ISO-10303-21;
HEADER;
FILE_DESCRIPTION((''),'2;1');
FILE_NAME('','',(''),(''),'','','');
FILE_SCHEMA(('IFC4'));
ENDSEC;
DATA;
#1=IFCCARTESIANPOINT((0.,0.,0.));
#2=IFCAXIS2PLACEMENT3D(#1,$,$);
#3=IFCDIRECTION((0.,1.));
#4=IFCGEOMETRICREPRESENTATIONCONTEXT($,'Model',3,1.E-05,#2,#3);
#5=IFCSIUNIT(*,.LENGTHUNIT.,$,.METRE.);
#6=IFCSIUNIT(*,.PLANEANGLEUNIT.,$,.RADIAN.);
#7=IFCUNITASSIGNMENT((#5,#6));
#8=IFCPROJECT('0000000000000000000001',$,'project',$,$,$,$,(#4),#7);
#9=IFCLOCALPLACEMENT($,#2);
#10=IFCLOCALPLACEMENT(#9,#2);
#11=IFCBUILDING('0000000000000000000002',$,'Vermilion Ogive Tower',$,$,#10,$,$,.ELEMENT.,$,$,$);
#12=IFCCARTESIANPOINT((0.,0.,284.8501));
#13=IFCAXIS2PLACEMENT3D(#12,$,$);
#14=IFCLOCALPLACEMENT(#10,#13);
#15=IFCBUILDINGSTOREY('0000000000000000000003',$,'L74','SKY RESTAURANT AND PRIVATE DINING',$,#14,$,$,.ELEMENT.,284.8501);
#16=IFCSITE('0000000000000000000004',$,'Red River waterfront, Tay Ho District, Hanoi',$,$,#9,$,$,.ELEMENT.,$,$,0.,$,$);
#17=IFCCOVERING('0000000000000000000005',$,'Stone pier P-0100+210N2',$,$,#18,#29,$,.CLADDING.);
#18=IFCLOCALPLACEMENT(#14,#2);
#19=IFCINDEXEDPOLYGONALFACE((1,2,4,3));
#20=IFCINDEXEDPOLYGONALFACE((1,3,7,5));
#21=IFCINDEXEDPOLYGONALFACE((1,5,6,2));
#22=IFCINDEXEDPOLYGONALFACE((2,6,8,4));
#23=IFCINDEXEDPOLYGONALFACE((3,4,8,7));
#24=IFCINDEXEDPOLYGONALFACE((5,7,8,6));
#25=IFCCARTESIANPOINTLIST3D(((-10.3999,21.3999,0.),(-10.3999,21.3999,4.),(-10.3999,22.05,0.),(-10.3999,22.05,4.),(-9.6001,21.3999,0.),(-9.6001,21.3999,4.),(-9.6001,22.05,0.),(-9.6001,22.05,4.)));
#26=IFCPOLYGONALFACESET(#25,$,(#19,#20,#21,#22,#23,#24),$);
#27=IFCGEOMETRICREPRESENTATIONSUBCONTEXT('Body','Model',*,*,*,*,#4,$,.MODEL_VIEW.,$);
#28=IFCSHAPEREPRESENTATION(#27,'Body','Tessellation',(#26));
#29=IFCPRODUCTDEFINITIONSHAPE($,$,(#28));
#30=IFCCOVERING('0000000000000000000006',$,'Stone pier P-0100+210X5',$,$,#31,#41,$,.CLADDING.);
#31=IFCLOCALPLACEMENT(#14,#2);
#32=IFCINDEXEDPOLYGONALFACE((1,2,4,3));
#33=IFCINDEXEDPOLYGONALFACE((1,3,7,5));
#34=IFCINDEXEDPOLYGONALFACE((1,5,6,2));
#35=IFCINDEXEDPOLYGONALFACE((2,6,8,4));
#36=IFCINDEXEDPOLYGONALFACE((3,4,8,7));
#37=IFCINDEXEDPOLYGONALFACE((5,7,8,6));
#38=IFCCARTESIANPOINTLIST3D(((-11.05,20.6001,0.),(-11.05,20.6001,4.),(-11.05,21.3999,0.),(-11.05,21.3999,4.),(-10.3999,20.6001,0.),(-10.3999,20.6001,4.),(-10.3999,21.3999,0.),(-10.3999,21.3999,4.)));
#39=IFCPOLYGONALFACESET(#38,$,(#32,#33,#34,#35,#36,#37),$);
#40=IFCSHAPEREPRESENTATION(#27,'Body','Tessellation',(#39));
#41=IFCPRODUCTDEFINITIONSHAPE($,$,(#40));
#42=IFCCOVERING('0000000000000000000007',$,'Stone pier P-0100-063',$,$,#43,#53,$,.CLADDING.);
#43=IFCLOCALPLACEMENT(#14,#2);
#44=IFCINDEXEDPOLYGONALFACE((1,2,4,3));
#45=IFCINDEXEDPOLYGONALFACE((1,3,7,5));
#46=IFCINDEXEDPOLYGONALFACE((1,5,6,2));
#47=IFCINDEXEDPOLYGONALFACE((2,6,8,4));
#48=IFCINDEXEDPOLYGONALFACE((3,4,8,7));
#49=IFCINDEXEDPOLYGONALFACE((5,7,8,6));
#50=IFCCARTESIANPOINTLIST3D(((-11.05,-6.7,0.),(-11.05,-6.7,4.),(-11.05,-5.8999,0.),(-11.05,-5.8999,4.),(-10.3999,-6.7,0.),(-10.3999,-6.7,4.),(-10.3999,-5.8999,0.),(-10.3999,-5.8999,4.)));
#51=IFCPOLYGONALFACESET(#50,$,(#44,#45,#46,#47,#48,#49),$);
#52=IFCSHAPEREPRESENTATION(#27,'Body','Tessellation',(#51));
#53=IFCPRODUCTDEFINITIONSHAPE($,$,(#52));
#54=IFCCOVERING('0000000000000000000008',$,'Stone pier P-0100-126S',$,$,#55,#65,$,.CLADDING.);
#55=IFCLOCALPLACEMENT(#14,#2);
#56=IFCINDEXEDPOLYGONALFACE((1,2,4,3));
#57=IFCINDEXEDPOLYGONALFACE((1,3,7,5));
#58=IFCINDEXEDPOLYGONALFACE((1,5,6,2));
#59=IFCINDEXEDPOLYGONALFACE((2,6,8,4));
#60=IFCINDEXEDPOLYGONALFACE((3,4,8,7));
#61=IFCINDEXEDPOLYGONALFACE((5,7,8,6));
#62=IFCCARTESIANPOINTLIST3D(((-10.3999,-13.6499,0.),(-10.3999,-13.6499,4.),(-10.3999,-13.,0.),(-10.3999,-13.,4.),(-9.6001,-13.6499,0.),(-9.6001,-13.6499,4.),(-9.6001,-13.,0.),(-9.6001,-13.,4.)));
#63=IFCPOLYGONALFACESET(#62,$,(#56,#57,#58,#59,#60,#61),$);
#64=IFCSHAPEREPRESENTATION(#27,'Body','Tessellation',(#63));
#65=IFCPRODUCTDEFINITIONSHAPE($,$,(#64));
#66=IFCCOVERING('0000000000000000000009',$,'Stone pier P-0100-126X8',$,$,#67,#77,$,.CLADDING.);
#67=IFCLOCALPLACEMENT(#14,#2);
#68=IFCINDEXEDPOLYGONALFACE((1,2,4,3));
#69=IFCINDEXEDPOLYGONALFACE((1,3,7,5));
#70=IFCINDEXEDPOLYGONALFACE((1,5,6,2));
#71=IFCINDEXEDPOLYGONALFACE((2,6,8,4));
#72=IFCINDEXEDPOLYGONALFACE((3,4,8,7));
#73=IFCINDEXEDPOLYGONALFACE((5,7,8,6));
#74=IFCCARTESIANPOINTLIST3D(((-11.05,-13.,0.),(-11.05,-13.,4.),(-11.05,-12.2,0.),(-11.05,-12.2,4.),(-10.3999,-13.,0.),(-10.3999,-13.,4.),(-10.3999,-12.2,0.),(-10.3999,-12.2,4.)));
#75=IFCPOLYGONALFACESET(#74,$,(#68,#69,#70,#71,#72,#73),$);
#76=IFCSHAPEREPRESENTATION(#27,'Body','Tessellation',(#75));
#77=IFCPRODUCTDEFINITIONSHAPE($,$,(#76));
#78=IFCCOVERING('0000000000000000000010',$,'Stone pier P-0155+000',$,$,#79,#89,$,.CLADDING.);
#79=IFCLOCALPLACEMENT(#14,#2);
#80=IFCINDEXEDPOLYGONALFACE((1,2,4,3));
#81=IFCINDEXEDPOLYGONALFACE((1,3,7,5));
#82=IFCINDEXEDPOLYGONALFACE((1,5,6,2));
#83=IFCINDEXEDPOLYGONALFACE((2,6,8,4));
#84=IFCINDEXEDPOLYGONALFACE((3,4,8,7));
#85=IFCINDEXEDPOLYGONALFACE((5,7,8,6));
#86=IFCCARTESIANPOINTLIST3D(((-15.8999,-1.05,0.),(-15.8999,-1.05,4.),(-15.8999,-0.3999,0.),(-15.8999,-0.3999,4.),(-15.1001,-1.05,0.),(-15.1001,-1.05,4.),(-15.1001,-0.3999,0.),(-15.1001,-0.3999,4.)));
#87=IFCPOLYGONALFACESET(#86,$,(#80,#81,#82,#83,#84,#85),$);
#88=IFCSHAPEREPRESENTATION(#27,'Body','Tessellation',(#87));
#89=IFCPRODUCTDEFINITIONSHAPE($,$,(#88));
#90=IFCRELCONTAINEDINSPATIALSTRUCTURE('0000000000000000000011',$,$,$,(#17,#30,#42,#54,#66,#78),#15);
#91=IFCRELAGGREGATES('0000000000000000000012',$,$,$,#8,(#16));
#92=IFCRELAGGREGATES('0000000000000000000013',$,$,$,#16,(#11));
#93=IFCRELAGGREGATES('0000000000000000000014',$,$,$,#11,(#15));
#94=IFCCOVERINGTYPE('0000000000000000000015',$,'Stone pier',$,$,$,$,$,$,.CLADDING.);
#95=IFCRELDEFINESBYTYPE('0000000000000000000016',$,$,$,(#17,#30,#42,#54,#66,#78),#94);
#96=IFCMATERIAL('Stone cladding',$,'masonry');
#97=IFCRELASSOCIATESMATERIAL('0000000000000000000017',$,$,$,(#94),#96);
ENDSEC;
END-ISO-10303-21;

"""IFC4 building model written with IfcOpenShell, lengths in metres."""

from ifc_helpers import new_model, si_unit, direction, frame, origin, place, context, subcontext, project, spatial, polyline, outline, extrude, material, type_object, element, save


model = new_model("IFC4")

# Units and contexts
model_context = context("Model", 3, precision=1e-05, world=origin(), true_north=direction((0.0, 1.0)))
body_context = subcontext(model_context, "Body", "Model", "MODEL_VIEW")
ifc_project = project(units=[si_unit("LENGTHUNIT", "METRE"), si_unit("PLANEANGLEUNIT", "RADIAN")], contexts=[model_context])

# Site, building, storey
site_placement = place(None, origin())
site = spatial("IfcSite", under=ifc_project, at=site_placement, Name="Red River waterfront, Tay Ho District, Hanoi", CompositionType="ELEMENT", RefElevation=0.0)
building_placement = place(site_placement, origin())
building = spatial("IfcBuilding", under=site, at=building_placement, Name="Vermilion Ogive Tower", CompositionType="ELEMENT")
storey_placement = place(building_placement, frame((0.0, 0.0, 284.8501)))
storey = spatial("IfcBuildingStorey", under=building, at=storey_placement, Name="L74", Description="SKY RESTAURANT AND PRIVATE DINING", CompositionType="ELEMENT", Elevation=284.8501)

# Coverings
ifc_material_1 = material(Name="Stone cladding", Category="masonry")
covering_type = type_object("IfcCoveringType", Name="Stone pier", PredefinedType="CLADDING", material=ifc_material_1)
covering_1_placement = place(storey_placement, origin())
element("IfcCovering", 1, at=covering_1_placement, inside=storey, type_object=covering_type, Name="Stone pier P-0100+210N2", PredefinedType="CLADDING", context=body_context, shape_type="SweptSolid", body=[
    extrude(outline(polyline([(-10.3999, 22.05), (-9.6001, 22.05), (-9.6001, 21.3999), (-10.3999, 21.3999), (-10.3999, 22.05)])), origin(), (0.0, 0.0, 1.0), 4.0),
])
covering_2_placement = place(storey_placement, origin())
element("IfcCovering", 2, at=covering_2_placement, inside=storey, type_object=covering_type, Name="Stone pier P-0100+210X5", PredefinedType="CLADDING", context=body_context, shape_type="SweptSolid", body=[
    extrude(outline(polyline([(-11.05, 21.3999), (-10.3999, 21.3999), (-10.3999, 20.6001), (-11.05, 20.6001), (-11.05, 21.3999)])), origin(), (0.0, 0.0, 1.0), 4.0),
])
covering_3_placement = place(storey_placement, origin())
element("IfcCovering", 3, at=covering_3_placement, inside=storey, type_object=covering_type, Name="Stone pier P-0100-063", PredefinedType="CLADDING", context=body_context, shape_type="SweptSolid", body=[
    extrude(outline(polyline([(-11.05, -6.7), (-11.05, -5.8999), (-10.3999, -5.8999), (-10.3999, -6.7), (-11.05, -6.7)])), origin(), (0.0, 0.0, 1.0), 4.0),
])
covering_4_placement = place(storey_placement, origin())
element("IfcCovering", 4, at=covering_4_placement, inside=storey, type_object=covering_type, Name="Stone pier P-0100-126S", PredefinedType="CLADDING", context=body_context, shape_type="SweptSolid", body=[
    extrude(outline(polyline([(-9.6001, -13.6499), (-10.3999, -13.6499), (-10.3999, -13.0), (-9.6001, -13.0), (-9.6001, -13.6499)])), origin(), (0.0, 0.0, 1.0), 4.0),
])
covering_5_placement = place(storey_placement, origin())
element("IfcCovering", 5, at=covering_5_placement, inside=storey, type_object=covering_type, Name="Stone pier P-0100-126X8", PredefinedType="CLADDING", context=body_context, shape_type="SweptSolid", body=[
    extrude(outline(polyline([(-11.05, -12.2), (-10.3999, -12.2), (-10.3999, -13.0), (-11.05, -13.0), (-11.05, -12.2)])), origin(), (0.0, 0.0, 1.0), 4.0),
])
covering_6_placement = place(storey_placement, origin())
element("IfcCovering", 6, at=covering_6_placement, inside=storey, type_object=covering_type, Name="Stone pier P-0155+000", PredefinedType="CLADDING", context=body_context, shape_type="SweptSolid", body=[
    extrude(outline(polyline([(-15.1001, -1.05), (-15.8999, -1.05), (-15.8999, -0.3999), (-15.1001, -0.3999), (-15.1001, -1.05)])), origin(), (0.0, 0.0, 1.0), 4.0),
])

save(model, "model.ifc")
